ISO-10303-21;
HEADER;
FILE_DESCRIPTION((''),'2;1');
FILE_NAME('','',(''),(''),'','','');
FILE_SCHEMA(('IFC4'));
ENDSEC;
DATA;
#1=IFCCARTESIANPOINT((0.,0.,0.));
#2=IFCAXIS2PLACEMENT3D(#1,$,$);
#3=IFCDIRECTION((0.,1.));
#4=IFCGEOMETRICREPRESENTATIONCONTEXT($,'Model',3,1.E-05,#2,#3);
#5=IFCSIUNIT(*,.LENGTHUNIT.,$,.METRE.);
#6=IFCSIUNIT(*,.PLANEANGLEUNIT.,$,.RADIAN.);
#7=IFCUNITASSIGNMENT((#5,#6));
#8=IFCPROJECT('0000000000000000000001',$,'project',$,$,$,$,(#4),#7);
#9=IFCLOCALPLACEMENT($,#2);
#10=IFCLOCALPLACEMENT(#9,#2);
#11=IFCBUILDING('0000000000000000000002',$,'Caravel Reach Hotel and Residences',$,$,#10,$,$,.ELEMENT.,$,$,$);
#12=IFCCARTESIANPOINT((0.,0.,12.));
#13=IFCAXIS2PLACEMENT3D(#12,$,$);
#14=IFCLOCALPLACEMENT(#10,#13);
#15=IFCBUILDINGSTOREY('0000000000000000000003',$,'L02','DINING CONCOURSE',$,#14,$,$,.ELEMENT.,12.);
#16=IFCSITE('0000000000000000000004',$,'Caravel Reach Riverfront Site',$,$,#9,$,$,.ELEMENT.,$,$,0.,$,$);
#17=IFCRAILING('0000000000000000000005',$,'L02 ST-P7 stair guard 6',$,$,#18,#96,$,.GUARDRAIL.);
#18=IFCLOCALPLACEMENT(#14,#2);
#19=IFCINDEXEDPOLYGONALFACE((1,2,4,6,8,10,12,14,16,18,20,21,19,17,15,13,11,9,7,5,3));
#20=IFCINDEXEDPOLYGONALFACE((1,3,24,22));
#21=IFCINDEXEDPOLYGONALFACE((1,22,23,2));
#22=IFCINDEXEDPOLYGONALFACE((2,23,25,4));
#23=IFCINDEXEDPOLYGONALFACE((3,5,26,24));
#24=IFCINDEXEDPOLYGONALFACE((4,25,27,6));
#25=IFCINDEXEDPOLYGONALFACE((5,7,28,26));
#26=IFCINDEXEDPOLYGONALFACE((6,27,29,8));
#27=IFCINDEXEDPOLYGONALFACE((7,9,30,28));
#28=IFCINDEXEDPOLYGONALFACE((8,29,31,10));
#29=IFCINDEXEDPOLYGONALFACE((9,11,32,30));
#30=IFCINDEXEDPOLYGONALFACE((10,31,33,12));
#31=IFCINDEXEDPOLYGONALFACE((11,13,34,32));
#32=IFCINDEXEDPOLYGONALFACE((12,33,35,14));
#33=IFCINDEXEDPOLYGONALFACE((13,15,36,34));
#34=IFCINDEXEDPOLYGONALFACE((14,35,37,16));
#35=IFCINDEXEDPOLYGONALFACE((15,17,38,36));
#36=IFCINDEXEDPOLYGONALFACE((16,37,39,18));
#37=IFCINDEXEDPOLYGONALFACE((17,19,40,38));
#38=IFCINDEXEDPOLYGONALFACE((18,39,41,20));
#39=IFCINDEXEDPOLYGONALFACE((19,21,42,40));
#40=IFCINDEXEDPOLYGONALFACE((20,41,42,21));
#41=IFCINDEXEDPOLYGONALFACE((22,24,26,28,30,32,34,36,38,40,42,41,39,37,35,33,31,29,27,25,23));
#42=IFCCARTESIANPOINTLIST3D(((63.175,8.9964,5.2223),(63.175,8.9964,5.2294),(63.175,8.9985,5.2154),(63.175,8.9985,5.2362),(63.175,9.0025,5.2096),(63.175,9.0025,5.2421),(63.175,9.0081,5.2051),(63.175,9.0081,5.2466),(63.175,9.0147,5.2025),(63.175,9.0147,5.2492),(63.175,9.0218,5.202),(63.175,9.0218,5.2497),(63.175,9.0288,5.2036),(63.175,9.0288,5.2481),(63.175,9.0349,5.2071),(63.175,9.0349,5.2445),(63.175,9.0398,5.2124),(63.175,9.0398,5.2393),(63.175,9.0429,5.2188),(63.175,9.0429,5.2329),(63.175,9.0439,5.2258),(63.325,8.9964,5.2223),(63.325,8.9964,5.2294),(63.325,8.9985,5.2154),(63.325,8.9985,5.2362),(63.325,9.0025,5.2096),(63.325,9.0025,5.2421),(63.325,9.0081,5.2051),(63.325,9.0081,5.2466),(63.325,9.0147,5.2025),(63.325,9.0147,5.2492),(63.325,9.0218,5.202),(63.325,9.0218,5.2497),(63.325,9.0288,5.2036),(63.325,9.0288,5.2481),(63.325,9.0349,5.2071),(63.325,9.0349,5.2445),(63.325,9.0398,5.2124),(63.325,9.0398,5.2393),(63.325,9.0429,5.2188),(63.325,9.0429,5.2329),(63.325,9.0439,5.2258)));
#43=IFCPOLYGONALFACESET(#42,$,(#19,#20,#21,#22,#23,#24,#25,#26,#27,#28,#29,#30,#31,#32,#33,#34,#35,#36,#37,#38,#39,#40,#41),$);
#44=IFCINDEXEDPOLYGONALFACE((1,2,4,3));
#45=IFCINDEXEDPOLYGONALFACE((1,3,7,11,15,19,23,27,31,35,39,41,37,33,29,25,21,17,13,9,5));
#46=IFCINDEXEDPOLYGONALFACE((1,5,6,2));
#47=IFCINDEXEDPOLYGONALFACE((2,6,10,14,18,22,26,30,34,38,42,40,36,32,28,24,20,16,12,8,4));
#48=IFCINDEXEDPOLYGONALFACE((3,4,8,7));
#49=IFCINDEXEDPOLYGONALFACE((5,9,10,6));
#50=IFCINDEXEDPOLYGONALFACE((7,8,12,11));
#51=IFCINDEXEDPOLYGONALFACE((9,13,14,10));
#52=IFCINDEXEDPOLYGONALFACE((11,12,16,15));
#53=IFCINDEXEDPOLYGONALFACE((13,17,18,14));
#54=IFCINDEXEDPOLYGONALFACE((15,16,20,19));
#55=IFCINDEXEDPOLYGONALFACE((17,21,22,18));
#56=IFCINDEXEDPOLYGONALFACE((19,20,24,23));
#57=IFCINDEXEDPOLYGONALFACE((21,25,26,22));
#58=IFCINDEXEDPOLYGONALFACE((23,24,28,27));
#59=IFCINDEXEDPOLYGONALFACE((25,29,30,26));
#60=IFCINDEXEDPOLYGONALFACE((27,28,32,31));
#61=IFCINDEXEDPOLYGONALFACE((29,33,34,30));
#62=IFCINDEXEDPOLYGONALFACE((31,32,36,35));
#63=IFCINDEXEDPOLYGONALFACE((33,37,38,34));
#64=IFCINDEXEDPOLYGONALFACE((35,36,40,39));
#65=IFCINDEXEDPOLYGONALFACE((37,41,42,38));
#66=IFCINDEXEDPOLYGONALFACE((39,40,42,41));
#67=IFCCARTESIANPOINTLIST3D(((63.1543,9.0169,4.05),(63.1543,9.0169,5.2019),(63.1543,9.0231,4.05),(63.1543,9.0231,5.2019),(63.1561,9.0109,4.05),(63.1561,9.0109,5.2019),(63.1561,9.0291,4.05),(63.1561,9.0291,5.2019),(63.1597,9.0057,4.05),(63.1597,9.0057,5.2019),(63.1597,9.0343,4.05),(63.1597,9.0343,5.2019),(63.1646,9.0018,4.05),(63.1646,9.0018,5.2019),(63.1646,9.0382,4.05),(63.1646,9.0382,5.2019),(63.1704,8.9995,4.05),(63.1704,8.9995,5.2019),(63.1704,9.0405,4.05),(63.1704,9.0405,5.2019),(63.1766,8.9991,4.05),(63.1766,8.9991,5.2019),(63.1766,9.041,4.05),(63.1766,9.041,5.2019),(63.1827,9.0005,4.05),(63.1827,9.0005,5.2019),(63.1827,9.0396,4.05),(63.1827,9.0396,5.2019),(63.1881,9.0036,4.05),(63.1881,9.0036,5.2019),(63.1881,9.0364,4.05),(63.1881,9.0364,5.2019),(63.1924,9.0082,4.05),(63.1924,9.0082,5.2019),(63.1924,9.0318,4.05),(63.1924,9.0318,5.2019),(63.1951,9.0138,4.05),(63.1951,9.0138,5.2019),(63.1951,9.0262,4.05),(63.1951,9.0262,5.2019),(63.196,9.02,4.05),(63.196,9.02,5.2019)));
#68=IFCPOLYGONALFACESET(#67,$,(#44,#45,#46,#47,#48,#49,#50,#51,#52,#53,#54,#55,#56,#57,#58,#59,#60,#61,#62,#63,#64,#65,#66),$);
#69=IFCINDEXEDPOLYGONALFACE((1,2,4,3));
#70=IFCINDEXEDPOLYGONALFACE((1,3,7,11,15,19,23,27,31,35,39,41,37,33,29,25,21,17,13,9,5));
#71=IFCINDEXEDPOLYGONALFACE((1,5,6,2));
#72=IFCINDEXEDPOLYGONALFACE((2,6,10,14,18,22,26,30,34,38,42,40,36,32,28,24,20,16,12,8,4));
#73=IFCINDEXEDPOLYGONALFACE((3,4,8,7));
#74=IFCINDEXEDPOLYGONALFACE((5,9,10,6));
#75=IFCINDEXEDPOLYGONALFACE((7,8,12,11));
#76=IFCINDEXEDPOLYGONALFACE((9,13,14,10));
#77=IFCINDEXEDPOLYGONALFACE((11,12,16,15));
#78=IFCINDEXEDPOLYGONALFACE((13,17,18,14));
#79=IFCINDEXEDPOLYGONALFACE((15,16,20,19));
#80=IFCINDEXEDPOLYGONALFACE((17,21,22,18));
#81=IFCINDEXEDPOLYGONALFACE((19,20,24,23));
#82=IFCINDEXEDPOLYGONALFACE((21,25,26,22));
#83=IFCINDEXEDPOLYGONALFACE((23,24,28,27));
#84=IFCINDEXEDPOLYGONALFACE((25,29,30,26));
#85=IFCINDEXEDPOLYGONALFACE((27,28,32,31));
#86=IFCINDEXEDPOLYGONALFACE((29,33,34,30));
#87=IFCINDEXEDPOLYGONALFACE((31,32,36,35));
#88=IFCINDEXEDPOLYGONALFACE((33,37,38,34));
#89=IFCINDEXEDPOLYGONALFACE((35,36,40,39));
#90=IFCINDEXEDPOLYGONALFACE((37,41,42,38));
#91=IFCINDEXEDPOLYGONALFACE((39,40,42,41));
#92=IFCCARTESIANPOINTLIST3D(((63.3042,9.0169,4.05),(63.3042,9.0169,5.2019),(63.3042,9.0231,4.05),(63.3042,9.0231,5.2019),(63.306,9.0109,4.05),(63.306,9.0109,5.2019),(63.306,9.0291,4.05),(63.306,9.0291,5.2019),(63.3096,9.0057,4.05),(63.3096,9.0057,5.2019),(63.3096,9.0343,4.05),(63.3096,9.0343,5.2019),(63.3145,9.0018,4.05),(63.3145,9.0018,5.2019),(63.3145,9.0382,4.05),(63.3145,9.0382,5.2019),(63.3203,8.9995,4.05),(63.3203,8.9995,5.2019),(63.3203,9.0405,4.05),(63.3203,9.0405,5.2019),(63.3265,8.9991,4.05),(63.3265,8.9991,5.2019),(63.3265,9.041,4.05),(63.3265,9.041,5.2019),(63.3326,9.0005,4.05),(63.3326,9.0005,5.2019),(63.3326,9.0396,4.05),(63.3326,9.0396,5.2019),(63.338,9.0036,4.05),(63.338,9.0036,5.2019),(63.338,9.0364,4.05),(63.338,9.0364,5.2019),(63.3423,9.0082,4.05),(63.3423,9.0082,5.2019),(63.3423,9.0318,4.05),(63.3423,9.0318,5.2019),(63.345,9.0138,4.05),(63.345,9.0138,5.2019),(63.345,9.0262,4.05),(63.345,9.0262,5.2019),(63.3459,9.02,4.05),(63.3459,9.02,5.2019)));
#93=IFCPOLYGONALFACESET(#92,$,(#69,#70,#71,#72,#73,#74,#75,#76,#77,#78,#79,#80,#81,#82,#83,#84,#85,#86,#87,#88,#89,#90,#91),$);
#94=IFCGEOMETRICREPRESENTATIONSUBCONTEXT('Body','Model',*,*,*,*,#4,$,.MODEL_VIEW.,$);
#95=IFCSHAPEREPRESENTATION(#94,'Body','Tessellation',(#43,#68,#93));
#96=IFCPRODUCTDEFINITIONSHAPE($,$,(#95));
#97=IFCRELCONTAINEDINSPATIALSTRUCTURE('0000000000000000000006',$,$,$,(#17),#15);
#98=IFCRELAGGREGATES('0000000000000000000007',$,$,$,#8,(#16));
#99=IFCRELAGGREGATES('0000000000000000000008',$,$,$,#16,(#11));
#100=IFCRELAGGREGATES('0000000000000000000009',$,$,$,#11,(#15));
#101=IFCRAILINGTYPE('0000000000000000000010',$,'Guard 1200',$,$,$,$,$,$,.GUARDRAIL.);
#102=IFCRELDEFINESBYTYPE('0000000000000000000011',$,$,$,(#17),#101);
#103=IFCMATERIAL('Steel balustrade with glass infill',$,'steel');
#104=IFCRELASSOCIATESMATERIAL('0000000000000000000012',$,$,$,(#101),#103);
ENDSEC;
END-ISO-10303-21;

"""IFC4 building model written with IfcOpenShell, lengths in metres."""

from ifc_helpers import new_model, si_unit, direction, frame, origin, origin_2d, place, context, subcontext, project, spatial, circle, extrude, material, type_object, element, save


model = new_model("IFC4")

# Units and contexts
model_context = context("Model", 3, precision=1e-05, world=origin(), true_north=direction((0.0, 1.0)))
body_context = subcontext(model_context, "Body", "Model", "MODEL_VIEW")
ifc_project = project(units=[si_unit("LENGTHUNIT", "METRE"), si_unit("PLANEANGLEUNIT", "RADIAN")], contexts=[model_context])

# Site, building, storey
site_placement = place(None, origin())
site = spatial("IfcSite", under=ifc_project, at=site_placement, Name="Caravel Reach Riverfront Site", CompositionType="ELEMENT", RefElevation=0.0)
building_placement = place(site_placement, origin())
building = spatial("IfcBuilding", under=site, at=building_placement, Name="Caravel Reach Hotel and Residences", CompositionType="ELEMENT")
storey_placement = place(building_placement, frame((0.0, 0.0, 12.0)))
storey = spatial("IfcBuildingStorey", under=building, at=storey_placement, Name="L02", Description="DINING CONCOURSE", CompositionType="ELEMENT", Elevation=12.0)

# Railing
ifc_material_1 = material(Name="Steel balustrade with glass infill", Category="steel")
railing_type_1 = type_object("IfcRailingType", Name="Guard 1200", PredefinedType="GUARDRAIL", material=ifc_material_1)
railing_1_placement = place(storey_placement, frame((63.175, 9.02, 4.05)))
element("IfcRailing", 1, at=railing_1_placement, inside=storey, type_object=railing_type_1, Name="L02 ST-P7 stair guard 6", PredefinedType="GUARDRAIL", context=body_context, shape_type="SweptSolid", body=[
    extrude(circle(Radius=0.0239, at=origin_2d()), frame((0.0, 0.0, 1.1758), z_axis=(1.0, 0.0, 0.0), x_axis=(0.0, 1.0, 0.0)), (0.0, 0.0, 1.0), 0.1499),
    extrude(circle(Radius=0.021, at=origin_2d()), origin(), (0.0, 0.0, 1.0), 1.1519),
    extrude(circle(Radius=0.021, at=origin_2d()), frame((0.1499, 0.0, 0.0)), (0.0, 0.0, 1.0), 1.1519),
])

save(model, "model.ifc")
